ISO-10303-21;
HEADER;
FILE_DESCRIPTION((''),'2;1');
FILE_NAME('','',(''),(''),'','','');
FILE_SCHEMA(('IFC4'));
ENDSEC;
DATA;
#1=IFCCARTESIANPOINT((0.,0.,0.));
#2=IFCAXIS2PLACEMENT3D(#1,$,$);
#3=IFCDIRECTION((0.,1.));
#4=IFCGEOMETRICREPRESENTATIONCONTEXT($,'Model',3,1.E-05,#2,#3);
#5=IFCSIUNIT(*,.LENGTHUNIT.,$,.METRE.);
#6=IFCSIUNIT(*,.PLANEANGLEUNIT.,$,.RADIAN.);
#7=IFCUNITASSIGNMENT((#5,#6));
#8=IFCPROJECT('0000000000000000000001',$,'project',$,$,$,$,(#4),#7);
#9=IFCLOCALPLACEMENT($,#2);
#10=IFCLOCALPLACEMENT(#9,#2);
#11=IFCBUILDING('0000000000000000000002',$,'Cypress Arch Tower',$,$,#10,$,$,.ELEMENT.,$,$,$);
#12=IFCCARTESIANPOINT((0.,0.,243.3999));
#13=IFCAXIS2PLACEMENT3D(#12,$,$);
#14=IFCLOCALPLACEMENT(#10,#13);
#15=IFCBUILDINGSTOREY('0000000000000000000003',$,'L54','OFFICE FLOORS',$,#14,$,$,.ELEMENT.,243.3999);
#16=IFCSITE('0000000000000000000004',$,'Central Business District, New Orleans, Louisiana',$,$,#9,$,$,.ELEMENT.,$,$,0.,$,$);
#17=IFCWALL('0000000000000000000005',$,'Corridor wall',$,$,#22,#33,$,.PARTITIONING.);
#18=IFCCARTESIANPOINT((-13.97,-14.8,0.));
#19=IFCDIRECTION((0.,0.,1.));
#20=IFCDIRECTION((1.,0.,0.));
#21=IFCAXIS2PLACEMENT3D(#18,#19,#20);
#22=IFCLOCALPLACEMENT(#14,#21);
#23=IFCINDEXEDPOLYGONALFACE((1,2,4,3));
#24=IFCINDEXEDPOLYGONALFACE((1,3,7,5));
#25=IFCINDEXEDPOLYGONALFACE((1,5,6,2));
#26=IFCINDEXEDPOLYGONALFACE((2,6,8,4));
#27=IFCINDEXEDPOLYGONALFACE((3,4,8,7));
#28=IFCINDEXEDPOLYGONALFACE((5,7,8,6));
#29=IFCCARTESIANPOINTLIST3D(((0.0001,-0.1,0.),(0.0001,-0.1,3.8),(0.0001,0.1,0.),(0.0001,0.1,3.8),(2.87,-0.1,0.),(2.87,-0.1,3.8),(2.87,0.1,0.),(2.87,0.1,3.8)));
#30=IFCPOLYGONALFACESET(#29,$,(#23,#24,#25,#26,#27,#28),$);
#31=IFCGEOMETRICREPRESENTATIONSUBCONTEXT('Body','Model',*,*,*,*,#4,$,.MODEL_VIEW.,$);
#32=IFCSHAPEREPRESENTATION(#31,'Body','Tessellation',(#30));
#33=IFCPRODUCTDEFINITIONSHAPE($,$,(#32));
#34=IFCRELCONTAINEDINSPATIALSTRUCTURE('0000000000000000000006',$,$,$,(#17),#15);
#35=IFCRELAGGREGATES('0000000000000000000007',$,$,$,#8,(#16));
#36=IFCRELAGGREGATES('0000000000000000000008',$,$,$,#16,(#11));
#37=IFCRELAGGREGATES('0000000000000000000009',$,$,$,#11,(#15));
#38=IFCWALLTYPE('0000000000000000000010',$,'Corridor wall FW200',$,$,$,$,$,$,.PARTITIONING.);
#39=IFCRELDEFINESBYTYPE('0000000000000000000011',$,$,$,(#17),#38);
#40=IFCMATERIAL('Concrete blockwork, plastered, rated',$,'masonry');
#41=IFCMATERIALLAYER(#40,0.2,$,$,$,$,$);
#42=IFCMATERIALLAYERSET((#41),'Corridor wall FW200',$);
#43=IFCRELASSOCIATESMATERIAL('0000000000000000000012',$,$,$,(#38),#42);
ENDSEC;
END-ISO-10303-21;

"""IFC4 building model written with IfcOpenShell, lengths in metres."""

from ifc_helpers import new_model, si_unit, direction, frame, frame_2d, origin, place, context, subcontext, project, spatial, rectangle, extrude, material, layer, layer_set, type_object, element, save


model = new_model("IFC4")

# Units and contexts
model_context = context("Model", 3, precision=1e-05, world=origin(), true_north=direction((0.0, 1.0)))
body_context = subcontext(model_context, "Body", "Model", "MODEL_VIEW")
ifc_project = project(units=[si_unit("LENGTHUNIT", "METRE"), si_unit("PLANEANGLEUNIT", "RADIAN")], contexts=[model_context])

# Site, building, storey
site_placement = place(None, origin())
site = spatial("IfcSite", under=ifc_project, at=site_placement, Name="Central Business District, New Orleans, Louisiana", CompositionType="ELEMENT", RefElevation=0.0)
building_placement = place(site_placement, origin())
building = spatial("IfcBuilding", under=site, at=building_placement, Name="Cypress Arch Tower", CompositionType="ELEMENT")
storey_placement = place(building_placement, frame((0.0, 0.0, 243.3999)))
storey = spatial("IfcBuildingStorey", under=building, at=storey_placement, Name="L54", Description="OFFICE FLOORS", CompositionType="ELEMENT", Elevation=243.3999)

# Wall
ifc_material_1 = material(Name="Concrete blockwork, plastered, rated", Category="masonry")
ifc_layer_1 = layer(ifc_material_1, 0.2)
ifc_layer_set_1 = layer_set([ifc_layer_1], Name="Corridor wall FW200")
wall_type_1 = type_object("IfcWallType", Name="Corridor wall FW200", PredefinedType="PARTITIONING", material=ifc_layer_set_1)
wall_1_placement = place(storey_placement, frame((-13.97, -14.8, 0.0), z_axis=(0.0, 0.0, 1.0), x_axis=(1.0, 0.0, 0.0)))
element("IfcWall", 1, at=wall_1_placement, inside=storey, type_object=wall_type_1, Name="Corridor wall", PredefinedType="PARTITIONING", context=body_context, shape_type="SweptSolid", body=[
    extrude(rectangle(XDim=2.8699, YDim=0.2, at=frame_2d((1.4351, 0.0))), origin(), (0.0, 0.0, 1.0), 3.8),
])

save(model, "model.ifc")
